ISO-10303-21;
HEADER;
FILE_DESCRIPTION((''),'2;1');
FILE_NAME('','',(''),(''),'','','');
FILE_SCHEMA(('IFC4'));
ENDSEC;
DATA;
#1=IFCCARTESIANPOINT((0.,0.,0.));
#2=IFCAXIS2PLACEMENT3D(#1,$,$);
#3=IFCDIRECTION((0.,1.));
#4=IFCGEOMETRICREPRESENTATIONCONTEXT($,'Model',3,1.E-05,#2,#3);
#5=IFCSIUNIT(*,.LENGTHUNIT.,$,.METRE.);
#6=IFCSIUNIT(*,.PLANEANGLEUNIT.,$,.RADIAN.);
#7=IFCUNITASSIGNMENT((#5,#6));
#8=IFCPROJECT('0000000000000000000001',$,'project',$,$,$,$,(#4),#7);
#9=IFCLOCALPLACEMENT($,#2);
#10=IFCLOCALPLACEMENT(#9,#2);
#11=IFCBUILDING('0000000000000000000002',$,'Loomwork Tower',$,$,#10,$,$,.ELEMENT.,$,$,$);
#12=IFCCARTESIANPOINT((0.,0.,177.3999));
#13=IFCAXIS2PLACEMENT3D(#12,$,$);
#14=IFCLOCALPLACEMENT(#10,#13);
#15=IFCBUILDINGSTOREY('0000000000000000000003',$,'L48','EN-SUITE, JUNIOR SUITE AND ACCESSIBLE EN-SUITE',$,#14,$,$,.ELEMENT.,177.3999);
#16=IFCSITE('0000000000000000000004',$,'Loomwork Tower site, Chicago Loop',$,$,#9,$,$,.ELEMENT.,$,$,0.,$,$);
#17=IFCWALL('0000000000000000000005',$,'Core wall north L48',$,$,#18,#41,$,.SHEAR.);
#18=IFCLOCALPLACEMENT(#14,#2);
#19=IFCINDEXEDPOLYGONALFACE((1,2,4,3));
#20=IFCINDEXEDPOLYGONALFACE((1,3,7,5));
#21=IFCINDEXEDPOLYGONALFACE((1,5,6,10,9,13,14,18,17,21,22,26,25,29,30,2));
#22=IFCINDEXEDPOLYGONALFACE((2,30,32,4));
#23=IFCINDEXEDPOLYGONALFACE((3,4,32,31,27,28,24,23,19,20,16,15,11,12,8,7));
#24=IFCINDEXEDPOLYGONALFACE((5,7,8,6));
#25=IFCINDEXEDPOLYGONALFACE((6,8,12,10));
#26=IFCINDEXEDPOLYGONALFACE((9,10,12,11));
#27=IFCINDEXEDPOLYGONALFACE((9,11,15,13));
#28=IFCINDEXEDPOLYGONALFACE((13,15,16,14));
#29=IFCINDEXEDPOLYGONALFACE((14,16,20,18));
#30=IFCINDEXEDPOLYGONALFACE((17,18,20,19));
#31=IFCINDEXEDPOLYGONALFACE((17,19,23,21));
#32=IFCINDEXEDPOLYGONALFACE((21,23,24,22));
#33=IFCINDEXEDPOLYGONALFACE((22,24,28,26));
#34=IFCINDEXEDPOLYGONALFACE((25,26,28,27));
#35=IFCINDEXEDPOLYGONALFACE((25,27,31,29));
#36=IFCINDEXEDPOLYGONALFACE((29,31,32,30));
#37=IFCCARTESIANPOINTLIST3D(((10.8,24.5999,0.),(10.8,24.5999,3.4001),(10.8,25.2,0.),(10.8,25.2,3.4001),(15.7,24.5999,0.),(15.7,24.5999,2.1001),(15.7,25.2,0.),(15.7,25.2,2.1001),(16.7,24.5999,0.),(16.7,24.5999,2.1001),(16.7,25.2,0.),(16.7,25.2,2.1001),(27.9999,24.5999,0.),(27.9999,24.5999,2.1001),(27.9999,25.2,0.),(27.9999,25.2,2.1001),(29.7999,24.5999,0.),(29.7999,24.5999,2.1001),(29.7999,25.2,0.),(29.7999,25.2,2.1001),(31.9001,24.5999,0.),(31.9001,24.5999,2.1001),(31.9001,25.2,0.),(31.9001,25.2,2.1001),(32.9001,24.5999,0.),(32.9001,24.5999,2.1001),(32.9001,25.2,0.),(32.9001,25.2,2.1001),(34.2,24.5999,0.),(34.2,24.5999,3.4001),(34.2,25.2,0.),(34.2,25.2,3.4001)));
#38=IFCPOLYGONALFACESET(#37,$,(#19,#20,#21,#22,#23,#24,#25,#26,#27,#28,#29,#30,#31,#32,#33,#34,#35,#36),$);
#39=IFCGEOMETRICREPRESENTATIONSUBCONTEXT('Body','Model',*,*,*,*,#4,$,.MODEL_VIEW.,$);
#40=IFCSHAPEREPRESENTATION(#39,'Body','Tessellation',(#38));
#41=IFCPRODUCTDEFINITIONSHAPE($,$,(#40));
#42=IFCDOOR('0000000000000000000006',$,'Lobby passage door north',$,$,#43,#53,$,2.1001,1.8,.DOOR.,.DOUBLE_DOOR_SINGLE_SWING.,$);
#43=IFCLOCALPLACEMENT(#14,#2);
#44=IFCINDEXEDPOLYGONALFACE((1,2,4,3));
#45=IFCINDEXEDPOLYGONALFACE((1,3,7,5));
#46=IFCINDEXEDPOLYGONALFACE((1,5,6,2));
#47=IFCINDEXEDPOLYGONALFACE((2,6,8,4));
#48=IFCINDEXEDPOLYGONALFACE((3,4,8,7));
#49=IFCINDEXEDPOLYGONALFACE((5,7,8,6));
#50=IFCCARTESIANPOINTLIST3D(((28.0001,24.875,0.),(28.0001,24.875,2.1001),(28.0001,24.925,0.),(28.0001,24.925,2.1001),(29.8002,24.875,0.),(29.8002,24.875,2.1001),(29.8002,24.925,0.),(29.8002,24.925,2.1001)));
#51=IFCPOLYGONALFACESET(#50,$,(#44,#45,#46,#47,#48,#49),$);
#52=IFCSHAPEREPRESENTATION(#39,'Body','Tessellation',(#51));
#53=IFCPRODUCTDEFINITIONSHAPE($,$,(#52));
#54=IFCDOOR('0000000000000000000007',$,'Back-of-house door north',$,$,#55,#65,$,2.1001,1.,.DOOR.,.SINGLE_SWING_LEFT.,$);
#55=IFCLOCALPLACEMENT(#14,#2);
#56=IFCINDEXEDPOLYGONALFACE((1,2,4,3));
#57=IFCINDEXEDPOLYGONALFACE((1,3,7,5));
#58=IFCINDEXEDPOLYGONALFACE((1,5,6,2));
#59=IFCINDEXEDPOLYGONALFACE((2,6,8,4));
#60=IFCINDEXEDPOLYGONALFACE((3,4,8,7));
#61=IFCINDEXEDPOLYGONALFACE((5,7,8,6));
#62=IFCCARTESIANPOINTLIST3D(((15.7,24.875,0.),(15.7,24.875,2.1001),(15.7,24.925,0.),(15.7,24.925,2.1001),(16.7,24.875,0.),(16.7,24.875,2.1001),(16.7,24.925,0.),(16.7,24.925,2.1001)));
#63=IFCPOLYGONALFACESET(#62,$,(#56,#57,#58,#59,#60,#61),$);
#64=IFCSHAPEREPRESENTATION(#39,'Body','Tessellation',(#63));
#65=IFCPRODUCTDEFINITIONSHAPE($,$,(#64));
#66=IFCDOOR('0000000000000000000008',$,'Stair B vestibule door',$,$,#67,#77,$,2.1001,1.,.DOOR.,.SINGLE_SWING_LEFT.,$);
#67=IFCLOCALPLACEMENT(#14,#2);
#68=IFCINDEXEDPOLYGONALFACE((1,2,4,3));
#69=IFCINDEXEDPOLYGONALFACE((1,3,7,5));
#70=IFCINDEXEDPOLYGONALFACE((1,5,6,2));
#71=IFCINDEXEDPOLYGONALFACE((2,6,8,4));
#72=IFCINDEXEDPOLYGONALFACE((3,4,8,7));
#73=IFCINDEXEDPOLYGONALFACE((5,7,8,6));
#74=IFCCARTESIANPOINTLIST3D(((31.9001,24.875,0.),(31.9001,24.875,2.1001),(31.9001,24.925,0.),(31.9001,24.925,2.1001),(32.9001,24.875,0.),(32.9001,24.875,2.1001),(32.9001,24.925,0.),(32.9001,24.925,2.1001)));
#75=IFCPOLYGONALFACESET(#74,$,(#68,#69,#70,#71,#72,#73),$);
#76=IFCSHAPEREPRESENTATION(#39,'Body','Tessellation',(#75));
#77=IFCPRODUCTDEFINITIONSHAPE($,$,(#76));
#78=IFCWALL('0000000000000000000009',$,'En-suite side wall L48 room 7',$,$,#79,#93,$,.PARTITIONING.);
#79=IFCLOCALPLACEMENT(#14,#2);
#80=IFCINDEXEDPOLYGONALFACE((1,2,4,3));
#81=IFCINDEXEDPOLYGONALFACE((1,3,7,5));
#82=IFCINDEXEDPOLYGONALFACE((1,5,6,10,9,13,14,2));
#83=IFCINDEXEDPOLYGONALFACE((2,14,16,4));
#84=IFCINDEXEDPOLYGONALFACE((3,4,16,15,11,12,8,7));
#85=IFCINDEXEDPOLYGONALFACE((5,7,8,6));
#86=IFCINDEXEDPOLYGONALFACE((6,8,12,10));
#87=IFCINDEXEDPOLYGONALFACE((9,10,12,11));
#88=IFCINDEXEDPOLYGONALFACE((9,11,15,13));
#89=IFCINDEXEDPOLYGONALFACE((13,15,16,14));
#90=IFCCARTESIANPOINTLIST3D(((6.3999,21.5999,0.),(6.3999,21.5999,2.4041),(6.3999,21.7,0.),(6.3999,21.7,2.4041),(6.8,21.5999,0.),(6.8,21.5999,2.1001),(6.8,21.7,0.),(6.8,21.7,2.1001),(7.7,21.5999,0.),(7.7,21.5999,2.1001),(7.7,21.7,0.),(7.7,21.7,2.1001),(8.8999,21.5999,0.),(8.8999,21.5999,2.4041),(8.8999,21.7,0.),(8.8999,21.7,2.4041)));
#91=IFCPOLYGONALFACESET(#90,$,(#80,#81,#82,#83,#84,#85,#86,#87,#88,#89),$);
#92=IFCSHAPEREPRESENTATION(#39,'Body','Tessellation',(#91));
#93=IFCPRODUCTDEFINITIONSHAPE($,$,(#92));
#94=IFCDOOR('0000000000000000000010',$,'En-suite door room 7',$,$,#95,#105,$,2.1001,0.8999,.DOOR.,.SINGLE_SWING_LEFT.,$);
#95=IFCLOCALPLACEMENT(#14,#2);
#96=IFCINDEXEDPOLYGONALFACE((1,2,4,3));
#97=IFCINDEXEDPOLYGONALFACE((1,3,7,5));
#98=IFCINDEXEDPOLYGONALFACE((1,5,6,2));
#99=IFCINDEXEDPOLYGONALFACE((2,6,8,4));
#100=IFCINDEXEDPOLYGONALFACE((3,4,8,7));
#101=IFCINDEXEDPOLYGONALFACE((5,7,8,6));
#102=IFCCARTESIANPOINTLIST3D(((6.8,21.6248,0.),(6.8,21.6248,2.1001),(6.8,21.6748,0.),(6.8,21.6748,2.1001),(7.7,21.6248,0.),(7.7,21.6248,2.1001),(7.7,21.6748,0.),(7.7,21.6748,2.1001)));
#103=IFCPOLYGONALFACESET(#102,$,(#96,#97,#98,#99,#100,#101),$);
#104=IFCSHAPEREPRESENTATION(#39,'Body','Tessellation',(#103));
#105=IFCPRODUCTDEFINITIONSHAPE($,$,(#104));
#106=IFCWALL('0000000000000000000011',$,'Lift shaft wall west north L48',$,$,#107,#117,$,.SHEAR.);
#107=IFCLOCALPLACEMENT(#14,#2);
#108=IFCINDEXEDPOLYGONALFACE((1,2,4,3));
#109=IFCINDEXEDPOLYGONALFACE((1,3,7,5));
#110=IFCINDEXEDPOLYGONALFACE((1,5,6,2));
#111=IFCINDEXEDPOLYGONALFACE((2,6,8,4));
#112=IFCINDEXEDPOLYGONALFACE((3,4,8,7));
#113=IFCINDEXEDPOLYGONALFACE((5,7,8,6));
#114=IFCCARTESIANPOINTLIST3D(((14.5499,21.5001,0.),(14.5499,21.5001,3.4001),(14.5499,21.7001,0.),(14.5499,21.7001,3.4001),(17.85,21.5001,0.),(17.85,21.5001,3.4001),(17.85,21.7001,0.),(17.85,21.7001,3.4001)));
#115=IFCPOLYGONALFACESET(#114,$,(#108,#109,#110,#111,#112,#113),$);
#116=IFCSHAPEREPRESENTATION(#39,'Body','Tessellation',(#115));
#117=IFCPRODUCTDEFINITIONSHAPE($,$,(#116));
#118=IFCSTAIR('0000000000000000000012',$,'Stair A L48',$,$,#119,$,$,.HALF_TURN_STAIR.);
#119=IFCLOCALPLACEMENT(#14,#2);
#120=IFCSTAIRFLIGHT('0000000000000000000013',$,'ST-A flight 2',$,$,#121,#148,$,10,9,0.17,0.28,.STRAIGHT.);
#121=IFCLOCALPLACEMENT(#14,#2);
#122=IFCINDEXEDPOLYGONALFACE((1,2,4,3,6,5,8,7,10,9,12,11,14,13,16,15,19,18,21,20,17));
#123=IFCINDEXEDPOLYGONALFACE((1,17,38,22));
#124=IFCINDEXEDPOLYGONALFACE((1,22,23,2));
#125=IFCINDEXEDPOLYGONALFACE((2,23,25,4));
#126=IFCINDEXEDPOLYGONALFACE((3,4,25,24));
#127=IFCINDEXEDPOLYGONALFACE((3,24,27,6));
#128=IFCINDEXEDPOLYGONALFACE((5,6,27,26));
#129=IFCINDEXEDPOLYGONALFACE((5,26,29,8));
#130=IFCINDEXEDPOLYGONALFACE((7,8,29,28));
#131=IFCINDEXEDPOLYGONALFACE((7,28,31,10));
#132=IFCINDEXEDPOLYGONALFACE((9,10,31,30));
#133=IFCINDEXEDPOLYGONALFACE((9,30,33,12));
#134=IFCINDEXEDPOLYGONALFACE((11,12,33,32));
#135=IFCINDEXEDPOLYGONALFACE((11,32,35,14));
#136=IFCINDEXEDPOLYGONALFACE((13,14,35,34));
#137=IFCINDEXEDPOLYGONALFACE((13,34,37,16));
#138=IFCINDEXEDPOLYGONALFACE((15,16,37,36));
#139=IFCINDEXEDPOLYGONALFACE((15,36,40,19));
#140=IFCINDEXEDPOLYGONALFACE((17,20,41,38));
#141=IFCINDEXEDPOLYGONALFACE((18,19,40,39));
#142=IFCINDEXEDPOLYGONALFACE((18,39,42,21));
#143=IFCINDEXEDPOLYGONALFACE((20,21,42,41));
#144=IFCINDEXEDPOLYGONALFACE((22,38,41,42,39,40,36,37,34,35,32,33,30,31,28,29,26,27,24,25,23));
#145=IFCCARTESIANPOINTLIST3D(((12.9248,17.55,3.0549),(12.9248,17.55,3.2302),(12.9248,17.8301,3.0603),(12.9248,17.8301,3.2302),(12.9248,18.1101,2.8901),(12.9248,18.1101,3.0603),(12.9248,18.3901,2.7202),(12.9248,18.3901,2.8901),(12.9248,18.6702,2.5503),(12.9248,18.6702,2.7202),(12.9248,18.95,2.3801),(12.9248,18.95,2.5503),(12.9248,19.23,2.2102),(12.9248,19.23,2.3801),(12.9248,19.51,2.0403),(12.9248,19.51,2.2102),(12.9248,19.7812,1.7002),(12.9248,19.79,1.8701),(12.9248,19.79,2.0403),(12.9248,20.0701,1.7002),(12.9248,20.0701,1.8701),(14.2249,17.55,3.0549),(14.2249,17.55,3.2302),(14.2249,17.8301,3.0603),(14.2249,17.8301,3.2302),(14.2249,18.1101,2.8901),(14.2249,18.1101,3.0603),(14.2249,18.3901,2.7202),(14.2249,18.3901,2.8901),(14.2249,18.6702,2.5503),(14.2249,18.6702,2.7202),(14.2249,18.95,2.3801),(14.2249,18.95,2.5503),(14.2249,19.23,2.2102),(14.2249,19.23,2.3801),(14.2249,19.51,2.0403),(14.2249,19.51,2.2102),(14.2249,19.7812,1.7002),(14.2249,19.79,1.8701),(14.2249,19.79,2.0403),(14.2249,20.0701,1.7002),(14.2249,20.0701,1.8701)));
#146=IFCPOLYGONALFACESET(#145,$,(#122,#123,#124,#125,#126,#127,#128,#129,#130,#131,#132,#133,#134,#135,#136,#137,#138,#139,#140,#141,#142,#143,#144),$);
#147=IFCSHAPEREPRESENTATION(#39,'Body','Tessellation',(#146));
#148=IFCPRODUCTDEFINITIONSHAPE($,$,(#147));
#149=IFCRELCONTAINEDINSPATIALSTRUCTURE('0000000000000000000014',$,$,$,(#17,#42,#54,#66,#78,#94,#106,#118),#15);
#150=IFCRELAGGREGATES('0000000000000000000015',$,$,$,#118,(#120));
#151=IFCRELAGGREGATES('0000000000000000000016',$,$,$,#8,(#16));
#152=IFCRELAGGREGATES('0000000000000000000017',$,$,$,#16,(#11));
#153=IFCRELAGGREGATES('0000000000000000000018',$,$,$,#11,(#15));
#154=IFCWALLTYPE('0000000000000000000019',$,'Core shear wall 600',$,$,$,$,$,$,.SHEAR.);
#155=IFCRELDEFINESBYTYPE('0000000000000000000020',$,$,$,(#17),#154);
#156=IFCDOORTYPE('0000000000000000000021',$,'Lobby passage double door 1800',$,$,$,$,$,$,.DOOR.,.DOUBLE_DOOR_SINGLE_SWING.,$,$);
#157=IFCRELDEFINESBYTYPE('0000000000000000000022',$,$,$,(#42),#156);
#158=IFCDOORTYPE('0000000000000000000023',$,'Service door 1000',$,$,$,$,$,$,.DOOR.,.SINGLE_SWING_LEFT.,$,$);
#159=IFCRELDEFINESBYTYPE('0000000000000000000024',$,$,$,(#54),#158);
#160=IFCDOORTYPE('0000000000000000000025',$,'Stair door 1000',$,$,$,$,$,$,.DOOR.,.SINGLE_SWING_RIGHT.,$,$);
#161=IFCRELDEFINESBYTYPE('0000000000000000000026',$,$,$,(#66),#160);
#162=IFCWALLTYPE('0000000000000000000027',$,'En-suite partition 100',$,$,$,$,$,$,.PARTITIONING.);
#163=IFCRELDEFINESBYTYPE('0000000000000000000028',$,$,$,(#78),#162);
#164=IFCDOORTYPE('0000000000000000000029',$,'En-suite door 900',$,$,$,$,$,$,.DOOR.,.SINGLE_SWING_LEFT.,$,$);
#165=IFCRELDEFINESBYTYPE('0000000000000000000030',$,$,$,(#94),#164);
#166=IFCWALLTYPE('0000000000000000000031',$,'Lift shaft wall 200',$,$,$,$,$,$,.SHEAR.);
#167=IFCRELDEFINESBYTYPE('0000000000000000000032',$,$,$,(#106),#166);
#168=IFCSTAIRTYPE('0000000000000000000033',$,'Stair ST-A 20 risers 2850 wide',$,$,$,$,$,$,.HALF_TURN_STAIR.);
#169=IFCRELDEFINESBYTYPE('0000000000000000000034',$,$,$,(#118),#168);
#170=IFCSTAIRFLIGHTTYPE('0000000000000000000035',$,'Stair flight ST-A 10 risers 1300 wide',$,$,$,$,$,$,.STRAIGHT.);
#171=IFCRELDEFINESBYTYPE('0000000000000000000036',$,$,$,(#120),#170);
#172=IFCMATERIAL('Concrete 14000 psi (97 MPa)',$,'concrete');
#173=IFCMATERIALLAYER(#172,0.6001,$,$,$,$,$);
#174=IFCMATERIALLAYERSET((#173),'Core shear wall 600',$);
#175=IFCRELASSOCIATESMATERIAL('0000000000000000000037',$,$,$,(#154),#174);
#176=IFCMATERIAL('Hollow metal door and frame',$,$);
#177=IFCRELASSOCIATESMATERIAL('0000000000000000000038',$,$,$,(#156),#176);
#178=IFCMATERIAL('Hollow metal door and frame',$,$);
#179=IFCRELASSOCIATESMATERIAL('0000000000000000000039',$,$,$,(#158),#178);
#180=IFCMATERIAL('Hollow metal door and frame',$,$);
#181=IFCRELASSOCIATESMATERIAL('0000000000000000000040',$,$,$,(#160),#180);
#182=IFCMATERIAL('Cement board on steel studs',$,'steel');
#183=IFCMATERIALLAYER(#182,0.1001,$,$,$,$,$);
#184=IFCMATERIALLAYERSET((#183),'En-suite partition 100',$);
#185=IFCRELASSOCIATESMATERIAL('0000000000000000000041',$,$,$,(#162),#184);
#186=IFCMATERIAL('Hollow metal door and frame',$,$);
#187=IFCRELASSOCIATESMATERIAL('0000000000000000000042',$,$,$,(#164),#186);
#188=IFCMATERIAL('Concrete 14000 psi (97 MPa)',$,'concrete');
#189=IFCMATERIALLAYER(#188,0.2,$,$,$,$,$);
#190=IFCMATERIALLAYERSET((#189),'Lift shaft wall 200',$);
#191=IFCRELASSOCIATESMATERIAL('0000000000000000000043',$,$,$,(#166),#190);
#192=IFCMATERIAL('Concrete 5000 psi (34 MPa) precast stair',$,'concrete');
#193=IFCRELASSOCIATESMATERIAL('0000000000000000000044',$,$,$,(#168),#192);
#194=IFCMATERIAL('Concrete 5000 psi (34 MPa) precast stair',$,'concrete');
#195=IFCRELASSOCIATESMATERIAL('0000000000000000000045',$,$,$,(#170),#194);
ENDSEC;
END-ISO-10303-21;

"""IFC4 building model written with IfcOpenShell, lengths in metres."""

from ifc_helpers import new_model, si_unit, direction, frame, frame_2d, origin, place, context, subcontext, project, spatial, polyline, rectangle, outline, extrude, material, layer, layer_set, type_object, element, fill, aggregate, save


model = new_model("IFC4")

# Units and contexts
model_context = context("Model", 3, precision=1e-05, world=origin(), true_north=direction((0.0, 1.0)))
body_context = subcontext(model_context, "Body", "Model", "MODEL_VIEW")
ifc_project = project(units=[si_unit("LENGTHUNIT", "METRE"), si_unit("PLANEANGLEUNIT", "RADIAN")], contexts=[model_context])

# Site, building, storey
site_placement = place(None, origin())
site = spatial("IfcSite", under=ifc_project, at=site_placement, Name="Loomwork Tower site, Chicago Loop", CompositionType="ELEMENT", RefElevation=0.0)
building_placement = place(site_placement, origin())
building = spatial("IfcBuilding", under=site, at=building_placement, Name="Loomwork Tower", CompositionType="ELEMENT")
storey_placement = place(building_placement, frame((0.0, 0.0, 177.3999)))
storey = spatial("IfcBuildingStorey", under=building, at=storey_placement, Name="L48", Description="EN-SUITE, JUNIOR SUITE AND ACCESSIBLE EN-SUITE", CompositionType="ELEMENT", Elevation=177.3999)

# Wall, openings, doors
ifc_material_1 = material(Name="Concrete 14000 psi (97 MPa)", Category="concrete")
ifc_layer_1 = layer(ifc_material_1, 0.6001)
ifc_layer_set_1 = layer_set([ifc_layer_1], Name="Core shear wall 600")
wall_type_1 = type_object("IfcWallType", Name="Core shear wall 600", PredefinedType="SHEAR", material=ifc_layer_set_1)
wall_1_placement = place(storey_placement, frame((10.8, 24.8999, 0.0), z_axis=(0.0, 0.0, 1.0), x_axis=(1.0, 0.0, 0.0)))
wall_1 = element("IfcWall", 1, at=wall_1_placement, inside=storey, type_object=wall_type_1, Name="Core wall north L48", PredefinedType="SHEAR", context=body_context, shape_type="SweptSolid", body=[
    extrude(rectangle(XDim=23.3999, YDim=0.6001, at=frame_2d((11.7, 0.0))), origin(), (0.0, 0.0, 1.0), 3.4001),
])
opening_1_placement = place(wall_1_placement, frame((17.2, 0.0, 0.0)))
opening_1 = element("IfcOpeningElement", 2, at=opening_1_placement, cuts=wall_1, PredefinedType="OPENING", context=body_context, shape_type="SweptSolid", body=[
    extrude(rectangle(XDim=1.8, YDim=2.1001, at=frame_2d((0.8999, 1.05))), frame((0.0, 0.3101, 0.0), z_axis=(0.0, -1.0, 0.0), x_axis=(1.0, 0.0, 0.0)), (0.0, 0.0, 1.0), 0.6201),
])
opening_2_placement = place(wall_1_placement, frame((21.1001, 0.0, 0.0)))
opening_2 = element("IfcOpeningElement", 3, at=opening_2_placement, cuts=wall_1, PredefinedType="OPENING", context=body_context, shape_type="SweptSolid", body=[
    extrude(rectangle(XDim=1.0, YDim=2.1001, at=frame_2d((0.5, 1.05))), frame((0.0, 0.3101, 0.0), z_axis=(0.0, -1.0, 0.0), x_axis=(1.0, 0.0, 0.0)), (0.0, 0.0, 1.0), 0.6201),
])
opening_3_placement = place(wall_1_placement, frame((4.8999, 0.0, 0.0)))
opening_3 = element("IfcOpeningElement", 4, at=opening_3_placement, cuts=wall_1, PredefinedType="OPENING", context=body_context, shape_type="SweptSolid", body=[
    extrude(rectangle(XDim=1.0, YDim=2.1001, at=frame_2d((0.5, 1.05))), frame((0.0, 0.3101, 0.0), z_axis=(0.0, -1.0, 0.0), x_axis=(1.0, 0.0, 0.0)), (0.0, 0.0, 1.0), 0.6201),
])
ifc_material_2 = material(Name="Hollow metal door and frame")
door_type_1 = type_object("IfcDoorType", Name="Lobby passage double door 1800", OperationType="DOUBLE_DOOR_SINGLE_SWING", PredefinedType="DOOR", material=ifc_material_2)
door_1_placement = place(opening_1_placement, frame((1.8, 0.0, 0.0), z_axis=(0.0, 0.0, 1.0), x_axis=(-1.0, 0.0, 0.0)))
door_1 = element("IfcDoor", 5, at=door_1_placement, inside=storey, type_object=door_type_1, Name="Lobby passage door north", OperationType="DOUBLE_DOOR_SINGLE_SWING", OverallHeight=2.1001, OverallWidth=1.8, PredefinedType="DOOR", context=body_context, shape_type="SweptSolid", body=[
    extrude(rectangle(XDim=1.8, YDim=2.1001, at=frame_2d((0.8999, 1.05))), frame((0.0, 0.0249, 0.0), z_axis=(0.0, -1.0, 0.0), x_axis=(1.0, 0.0, 0.0)), (0.0, 0.0, 1.0), 0.05),
])
fill(opening_1, door_1)
ifc_material_3 = material(Name="Hollow metal door and frame")
door_type_2 = type_object("IfcDoorType", Name="Service door 1000", OperationType="SINGLE_SWING_LEFT", PredefinedType="DOOR", material=ifc_material_3)
door_2_placement = place(opening_3_placement, frame((1.0, 0.0, 0.0), z_axis=(0.0, 0.0, 1.0), x_axis=(-1.0, 0.0, 0.0)))
door_2 = element("IfcDoor", 6, at=door_2_placement, inside=storey, type_object=door_type_2, Name="Back-of-house door north", OperationType="SINGLE_SWING_LEFT", OverallHeight=2.1001, OverallWidth=1.0, PredefinedType="DOOR", context=body_context, shape_type="SweptSolid", body=[
    extrude(rectangle(XDim=1.0, YDim=2.1001, at=frame_2d((0.5, 1.05))), frame((0.0, 0.0249, 0.0), z_axis=(0.0, -1.0, 0.0), x_axis=(1.0, 0.0, 0.0)), (0.0, 0.0, 1.0), 0.05),
])
fill(opening_3, door_2)
ifc_material_4 = material(Name="Hollow metal door and frame")
door_type_3 = type_object("IfcDoorType", Name="Stair door 1000", OperationType="SINGLE_SWING_RIGHT", PredefinedType="DOOR", material=ifc_material_4)
door_3_placement = place(opening_2_placement, frame((1.0, 0.0, 0.0), z_axis=(0.0, 0.0, 1.0), x_axis=(-1.0, 0.0, 0.0)))
door_3 = element("IfcDoor", 7, at=door_3_placement, inside=storey, type_object=door_type_3, Name="Stair B vestibule door", OperationType="SINGLE_SWING_LEFT", OverallHeight=2.1001, OverallWidth=1.0, PredefinedType="DOOR", context=body_context, shape_type="SweptSolid", body=[
    extrude(rectangle(XDim=1.0, YDim=2.1001, at=frame_2d((0.5, 1.05))), frame((0.0, 0.0249, 0.0), z_axis=(0.0, -1.0, 0.0), x_axis=(1.0, 0.0, 0.0)), (0.0, 0.0, 1.0), 0.05),
])
fill(opening_2, door_3)

# Wall, opening, door
ifc_material_5 = material(Name="Cement board on steel studs", Category="steel")
ifc_layer_2 = layer(ifc_material_5, 0.1001)
ifc_layer_set_2 = layer_set([ifc_layer_2], Name="En-suite partition 100")
wall_type_2 = type_object("IfcWallType", Name="En-suite partition 100", PredefinedType="PARTITIONING", material=ifc_layer_set_2)
wall_2_placement = place(storey_placement, frame((8.8999, 21.6499, 0.0), z_axis=(0.0, 0.0, 1.0), x_axis=(-1.0, 0.0, 0.0)))
wall_2 = element("IfcWall", 8, at=wall_2_placement, inside=storey, type_object=wall_type_2, Name="En-suite side wall L48 room 7", PredefinedType="PARTITIONING", context=body_context, shape_type="SweptSolid", body=[
    extrude(rectangle(XDim=2.5, YDim=0.1001, at=frame_2d((1.25, 0.0))), origin(), (0.0, 0.0, 1.0), 2.4041),
])
opening_4_placement = place(wall_2_placement, frame((1.2, 0.0, 0.0)))
opening_4 = element("IfcOpeningElement", 9, at=opening_4_placement, cuts=wall_2, PredefinedType="OPENING", context=body_context, shape_type="SweptSolid", body=[
    extrude(rectangle(XDim=0.8999, YDim=2.1001, at=frame_2d((0.45, 1.05))), frame((0.0, 0.0601, 0.0), z_axis=(0.0, -1.0, 0.0), x_axis=(1.0, 0.0, 0.0)), (0.0, 0.0, 1.0), 0.1201),
])
ifc_material_6 = material(Name="Hollow metal door and frame")
door_type_4 = type_object("IfcDoorType", Name="En-suite door 900", OperationType="SINGLE_SWING_LEFT", PredefinedType="DOOR", material=ifc_material_6)
door_4_placement = place(opening_4_placement, frame((0.8999, 0.0, 0.0), z_axis=(0.0, 0.0, 1.0), x_axis=(-1.0, 0.0, 0.0)))
door_4 = element("IfcDoor", 10, at=door_4_placement, inside=storey, type_object=door_type_4, Name="En-suite door room 7", OperationType="SINGLE_SWING_LEFT", OverallHeight=2.1001, OverallWidth=0.8999, PredefinedType="DOOR", context=body_context, shape_type="SweptSolid", body=[
    extrude(rectangle(XDim=0.8999, YDim=2.1001, at=frame_2d((0.45, 1.05))), frame((0.0, 0.0249, 0.0), z_axis=(0.0, -1.0, 0.0), x_axis=(1.0, 0.0, 0.0)), (0.0, 0.0, 1.0), 0.05),
])
fill(opening_4, door_4)

# Wall
ifc_material_7 = material(Name="Concrete 14000 psi (97 MPa)", Category="concrete")
ifc_layer_3 = layer(ifc_material_7, 0.2)
ifc_layer_set_3 = layer_set([ifc_layer_3], Name="Lift shaft wall 200")
wall_type_3 = type_object("IfcWallType", Name="Lift shaft wall 200", PredefinedType="SHEAR", material=ifc_layer_set_3)
wall_3_placement = place(storey_placement, frame((14.55, 21.6001, 0.0), z_axis=(0.0, 0.0, 1.0), x_axis=(1.0, 0.0, 0.0)))
element("IfcWall", 11, at=wall_3_placement, inside=storey, type_object=wall_type_3, Name="Lift shaft wall west north L48", PredefinedType="SHEAR", context=body_context, shape_type="SweptSolid", body=[
    extrude(rectangle(XDim=3.3, YDim=0.2, at=frame_2d((1.6499, 0.0))), origin(), (0.0, 0.0, 1.0), 3.4001),
])

# Stair, stair flight
ifc_material_8 = material(Name="Concrete 5000 psi (34 MPa) precast stair", Category="concrete")
stair_type = type_object("IfcStairType", Name="Stair ST-A 20 risers 2850 wide", PredefinedType="HALF_TURN_STAIR", material=ifc_material_8)
stair_placement = place(storey_placement, origin())
stair = element("IfcStair", 12, at=stair_placement, inside=storey, type_object=stair_type, Name="Stair A L48", PredefinedType="HALF_TURN_STAIR")
ifc_material_9 = material(Name="Concrete 5000 psi (34 MPa) precast stair", Category="concrete")
stair_flight_type = type_object("IfcStairFlightType", Name="Stair flight ST-A 10 risers 1300 wide", PredefinedType="STRAIGHT", material=ifc_material_9)
stair_flight_placement = place(storey_placement, frame((13.575, 20.0701, 1.7002), z_axis=(0.0, 0.0, 1.0), x_axis=(0.0, -1.0, 0.0)))
stair_flight = element("IfcStairFlight", 13, at=stair_flight_placement, type_object=stair_flight_type, Name="ST-A flight 2", NumberOfRisers=10, NumberOfTreads=9, PredefinedType="STRAIGHT", RiserHeight=0.17, TreadLength=0.28, context=body_context, shape_type="SweptSolid", body=[
    extrude(outline(polyline([(0.0, 0.0), (0.0, 0.1699), (0.28, 0.1699), (0.28, 0.3401), (0.5601, 0.3401), (0.5601, 0.51), (0.8401, 0.51), (0.8401, 0.6799), (1.1201, 0.6799), (1.1201, 0.8501), (1.3999, 0.8501), (1.3999, 1.02), (1.6799, 1.02), (1.6799, 1.1899), (1.96, 1.1899), (1.96, 1.3601), (2.24, 1.3601), (2.24, 1.53), (2.52, 1.53), (2.52, 1.7), (2.52, 1.3547), (0.2888, 0.0), (0.0, 0.0)])), frame((0.0, 0.6499, 0.0), z_axis=(0.0, -1.0, 0.0), x_axis=(1.0, 0.0, 0.0)), (0.0, 0.0, 1.0), 1.3),
])
aggregate(stair, [stair_flight])

save(model, "model.ifc")
